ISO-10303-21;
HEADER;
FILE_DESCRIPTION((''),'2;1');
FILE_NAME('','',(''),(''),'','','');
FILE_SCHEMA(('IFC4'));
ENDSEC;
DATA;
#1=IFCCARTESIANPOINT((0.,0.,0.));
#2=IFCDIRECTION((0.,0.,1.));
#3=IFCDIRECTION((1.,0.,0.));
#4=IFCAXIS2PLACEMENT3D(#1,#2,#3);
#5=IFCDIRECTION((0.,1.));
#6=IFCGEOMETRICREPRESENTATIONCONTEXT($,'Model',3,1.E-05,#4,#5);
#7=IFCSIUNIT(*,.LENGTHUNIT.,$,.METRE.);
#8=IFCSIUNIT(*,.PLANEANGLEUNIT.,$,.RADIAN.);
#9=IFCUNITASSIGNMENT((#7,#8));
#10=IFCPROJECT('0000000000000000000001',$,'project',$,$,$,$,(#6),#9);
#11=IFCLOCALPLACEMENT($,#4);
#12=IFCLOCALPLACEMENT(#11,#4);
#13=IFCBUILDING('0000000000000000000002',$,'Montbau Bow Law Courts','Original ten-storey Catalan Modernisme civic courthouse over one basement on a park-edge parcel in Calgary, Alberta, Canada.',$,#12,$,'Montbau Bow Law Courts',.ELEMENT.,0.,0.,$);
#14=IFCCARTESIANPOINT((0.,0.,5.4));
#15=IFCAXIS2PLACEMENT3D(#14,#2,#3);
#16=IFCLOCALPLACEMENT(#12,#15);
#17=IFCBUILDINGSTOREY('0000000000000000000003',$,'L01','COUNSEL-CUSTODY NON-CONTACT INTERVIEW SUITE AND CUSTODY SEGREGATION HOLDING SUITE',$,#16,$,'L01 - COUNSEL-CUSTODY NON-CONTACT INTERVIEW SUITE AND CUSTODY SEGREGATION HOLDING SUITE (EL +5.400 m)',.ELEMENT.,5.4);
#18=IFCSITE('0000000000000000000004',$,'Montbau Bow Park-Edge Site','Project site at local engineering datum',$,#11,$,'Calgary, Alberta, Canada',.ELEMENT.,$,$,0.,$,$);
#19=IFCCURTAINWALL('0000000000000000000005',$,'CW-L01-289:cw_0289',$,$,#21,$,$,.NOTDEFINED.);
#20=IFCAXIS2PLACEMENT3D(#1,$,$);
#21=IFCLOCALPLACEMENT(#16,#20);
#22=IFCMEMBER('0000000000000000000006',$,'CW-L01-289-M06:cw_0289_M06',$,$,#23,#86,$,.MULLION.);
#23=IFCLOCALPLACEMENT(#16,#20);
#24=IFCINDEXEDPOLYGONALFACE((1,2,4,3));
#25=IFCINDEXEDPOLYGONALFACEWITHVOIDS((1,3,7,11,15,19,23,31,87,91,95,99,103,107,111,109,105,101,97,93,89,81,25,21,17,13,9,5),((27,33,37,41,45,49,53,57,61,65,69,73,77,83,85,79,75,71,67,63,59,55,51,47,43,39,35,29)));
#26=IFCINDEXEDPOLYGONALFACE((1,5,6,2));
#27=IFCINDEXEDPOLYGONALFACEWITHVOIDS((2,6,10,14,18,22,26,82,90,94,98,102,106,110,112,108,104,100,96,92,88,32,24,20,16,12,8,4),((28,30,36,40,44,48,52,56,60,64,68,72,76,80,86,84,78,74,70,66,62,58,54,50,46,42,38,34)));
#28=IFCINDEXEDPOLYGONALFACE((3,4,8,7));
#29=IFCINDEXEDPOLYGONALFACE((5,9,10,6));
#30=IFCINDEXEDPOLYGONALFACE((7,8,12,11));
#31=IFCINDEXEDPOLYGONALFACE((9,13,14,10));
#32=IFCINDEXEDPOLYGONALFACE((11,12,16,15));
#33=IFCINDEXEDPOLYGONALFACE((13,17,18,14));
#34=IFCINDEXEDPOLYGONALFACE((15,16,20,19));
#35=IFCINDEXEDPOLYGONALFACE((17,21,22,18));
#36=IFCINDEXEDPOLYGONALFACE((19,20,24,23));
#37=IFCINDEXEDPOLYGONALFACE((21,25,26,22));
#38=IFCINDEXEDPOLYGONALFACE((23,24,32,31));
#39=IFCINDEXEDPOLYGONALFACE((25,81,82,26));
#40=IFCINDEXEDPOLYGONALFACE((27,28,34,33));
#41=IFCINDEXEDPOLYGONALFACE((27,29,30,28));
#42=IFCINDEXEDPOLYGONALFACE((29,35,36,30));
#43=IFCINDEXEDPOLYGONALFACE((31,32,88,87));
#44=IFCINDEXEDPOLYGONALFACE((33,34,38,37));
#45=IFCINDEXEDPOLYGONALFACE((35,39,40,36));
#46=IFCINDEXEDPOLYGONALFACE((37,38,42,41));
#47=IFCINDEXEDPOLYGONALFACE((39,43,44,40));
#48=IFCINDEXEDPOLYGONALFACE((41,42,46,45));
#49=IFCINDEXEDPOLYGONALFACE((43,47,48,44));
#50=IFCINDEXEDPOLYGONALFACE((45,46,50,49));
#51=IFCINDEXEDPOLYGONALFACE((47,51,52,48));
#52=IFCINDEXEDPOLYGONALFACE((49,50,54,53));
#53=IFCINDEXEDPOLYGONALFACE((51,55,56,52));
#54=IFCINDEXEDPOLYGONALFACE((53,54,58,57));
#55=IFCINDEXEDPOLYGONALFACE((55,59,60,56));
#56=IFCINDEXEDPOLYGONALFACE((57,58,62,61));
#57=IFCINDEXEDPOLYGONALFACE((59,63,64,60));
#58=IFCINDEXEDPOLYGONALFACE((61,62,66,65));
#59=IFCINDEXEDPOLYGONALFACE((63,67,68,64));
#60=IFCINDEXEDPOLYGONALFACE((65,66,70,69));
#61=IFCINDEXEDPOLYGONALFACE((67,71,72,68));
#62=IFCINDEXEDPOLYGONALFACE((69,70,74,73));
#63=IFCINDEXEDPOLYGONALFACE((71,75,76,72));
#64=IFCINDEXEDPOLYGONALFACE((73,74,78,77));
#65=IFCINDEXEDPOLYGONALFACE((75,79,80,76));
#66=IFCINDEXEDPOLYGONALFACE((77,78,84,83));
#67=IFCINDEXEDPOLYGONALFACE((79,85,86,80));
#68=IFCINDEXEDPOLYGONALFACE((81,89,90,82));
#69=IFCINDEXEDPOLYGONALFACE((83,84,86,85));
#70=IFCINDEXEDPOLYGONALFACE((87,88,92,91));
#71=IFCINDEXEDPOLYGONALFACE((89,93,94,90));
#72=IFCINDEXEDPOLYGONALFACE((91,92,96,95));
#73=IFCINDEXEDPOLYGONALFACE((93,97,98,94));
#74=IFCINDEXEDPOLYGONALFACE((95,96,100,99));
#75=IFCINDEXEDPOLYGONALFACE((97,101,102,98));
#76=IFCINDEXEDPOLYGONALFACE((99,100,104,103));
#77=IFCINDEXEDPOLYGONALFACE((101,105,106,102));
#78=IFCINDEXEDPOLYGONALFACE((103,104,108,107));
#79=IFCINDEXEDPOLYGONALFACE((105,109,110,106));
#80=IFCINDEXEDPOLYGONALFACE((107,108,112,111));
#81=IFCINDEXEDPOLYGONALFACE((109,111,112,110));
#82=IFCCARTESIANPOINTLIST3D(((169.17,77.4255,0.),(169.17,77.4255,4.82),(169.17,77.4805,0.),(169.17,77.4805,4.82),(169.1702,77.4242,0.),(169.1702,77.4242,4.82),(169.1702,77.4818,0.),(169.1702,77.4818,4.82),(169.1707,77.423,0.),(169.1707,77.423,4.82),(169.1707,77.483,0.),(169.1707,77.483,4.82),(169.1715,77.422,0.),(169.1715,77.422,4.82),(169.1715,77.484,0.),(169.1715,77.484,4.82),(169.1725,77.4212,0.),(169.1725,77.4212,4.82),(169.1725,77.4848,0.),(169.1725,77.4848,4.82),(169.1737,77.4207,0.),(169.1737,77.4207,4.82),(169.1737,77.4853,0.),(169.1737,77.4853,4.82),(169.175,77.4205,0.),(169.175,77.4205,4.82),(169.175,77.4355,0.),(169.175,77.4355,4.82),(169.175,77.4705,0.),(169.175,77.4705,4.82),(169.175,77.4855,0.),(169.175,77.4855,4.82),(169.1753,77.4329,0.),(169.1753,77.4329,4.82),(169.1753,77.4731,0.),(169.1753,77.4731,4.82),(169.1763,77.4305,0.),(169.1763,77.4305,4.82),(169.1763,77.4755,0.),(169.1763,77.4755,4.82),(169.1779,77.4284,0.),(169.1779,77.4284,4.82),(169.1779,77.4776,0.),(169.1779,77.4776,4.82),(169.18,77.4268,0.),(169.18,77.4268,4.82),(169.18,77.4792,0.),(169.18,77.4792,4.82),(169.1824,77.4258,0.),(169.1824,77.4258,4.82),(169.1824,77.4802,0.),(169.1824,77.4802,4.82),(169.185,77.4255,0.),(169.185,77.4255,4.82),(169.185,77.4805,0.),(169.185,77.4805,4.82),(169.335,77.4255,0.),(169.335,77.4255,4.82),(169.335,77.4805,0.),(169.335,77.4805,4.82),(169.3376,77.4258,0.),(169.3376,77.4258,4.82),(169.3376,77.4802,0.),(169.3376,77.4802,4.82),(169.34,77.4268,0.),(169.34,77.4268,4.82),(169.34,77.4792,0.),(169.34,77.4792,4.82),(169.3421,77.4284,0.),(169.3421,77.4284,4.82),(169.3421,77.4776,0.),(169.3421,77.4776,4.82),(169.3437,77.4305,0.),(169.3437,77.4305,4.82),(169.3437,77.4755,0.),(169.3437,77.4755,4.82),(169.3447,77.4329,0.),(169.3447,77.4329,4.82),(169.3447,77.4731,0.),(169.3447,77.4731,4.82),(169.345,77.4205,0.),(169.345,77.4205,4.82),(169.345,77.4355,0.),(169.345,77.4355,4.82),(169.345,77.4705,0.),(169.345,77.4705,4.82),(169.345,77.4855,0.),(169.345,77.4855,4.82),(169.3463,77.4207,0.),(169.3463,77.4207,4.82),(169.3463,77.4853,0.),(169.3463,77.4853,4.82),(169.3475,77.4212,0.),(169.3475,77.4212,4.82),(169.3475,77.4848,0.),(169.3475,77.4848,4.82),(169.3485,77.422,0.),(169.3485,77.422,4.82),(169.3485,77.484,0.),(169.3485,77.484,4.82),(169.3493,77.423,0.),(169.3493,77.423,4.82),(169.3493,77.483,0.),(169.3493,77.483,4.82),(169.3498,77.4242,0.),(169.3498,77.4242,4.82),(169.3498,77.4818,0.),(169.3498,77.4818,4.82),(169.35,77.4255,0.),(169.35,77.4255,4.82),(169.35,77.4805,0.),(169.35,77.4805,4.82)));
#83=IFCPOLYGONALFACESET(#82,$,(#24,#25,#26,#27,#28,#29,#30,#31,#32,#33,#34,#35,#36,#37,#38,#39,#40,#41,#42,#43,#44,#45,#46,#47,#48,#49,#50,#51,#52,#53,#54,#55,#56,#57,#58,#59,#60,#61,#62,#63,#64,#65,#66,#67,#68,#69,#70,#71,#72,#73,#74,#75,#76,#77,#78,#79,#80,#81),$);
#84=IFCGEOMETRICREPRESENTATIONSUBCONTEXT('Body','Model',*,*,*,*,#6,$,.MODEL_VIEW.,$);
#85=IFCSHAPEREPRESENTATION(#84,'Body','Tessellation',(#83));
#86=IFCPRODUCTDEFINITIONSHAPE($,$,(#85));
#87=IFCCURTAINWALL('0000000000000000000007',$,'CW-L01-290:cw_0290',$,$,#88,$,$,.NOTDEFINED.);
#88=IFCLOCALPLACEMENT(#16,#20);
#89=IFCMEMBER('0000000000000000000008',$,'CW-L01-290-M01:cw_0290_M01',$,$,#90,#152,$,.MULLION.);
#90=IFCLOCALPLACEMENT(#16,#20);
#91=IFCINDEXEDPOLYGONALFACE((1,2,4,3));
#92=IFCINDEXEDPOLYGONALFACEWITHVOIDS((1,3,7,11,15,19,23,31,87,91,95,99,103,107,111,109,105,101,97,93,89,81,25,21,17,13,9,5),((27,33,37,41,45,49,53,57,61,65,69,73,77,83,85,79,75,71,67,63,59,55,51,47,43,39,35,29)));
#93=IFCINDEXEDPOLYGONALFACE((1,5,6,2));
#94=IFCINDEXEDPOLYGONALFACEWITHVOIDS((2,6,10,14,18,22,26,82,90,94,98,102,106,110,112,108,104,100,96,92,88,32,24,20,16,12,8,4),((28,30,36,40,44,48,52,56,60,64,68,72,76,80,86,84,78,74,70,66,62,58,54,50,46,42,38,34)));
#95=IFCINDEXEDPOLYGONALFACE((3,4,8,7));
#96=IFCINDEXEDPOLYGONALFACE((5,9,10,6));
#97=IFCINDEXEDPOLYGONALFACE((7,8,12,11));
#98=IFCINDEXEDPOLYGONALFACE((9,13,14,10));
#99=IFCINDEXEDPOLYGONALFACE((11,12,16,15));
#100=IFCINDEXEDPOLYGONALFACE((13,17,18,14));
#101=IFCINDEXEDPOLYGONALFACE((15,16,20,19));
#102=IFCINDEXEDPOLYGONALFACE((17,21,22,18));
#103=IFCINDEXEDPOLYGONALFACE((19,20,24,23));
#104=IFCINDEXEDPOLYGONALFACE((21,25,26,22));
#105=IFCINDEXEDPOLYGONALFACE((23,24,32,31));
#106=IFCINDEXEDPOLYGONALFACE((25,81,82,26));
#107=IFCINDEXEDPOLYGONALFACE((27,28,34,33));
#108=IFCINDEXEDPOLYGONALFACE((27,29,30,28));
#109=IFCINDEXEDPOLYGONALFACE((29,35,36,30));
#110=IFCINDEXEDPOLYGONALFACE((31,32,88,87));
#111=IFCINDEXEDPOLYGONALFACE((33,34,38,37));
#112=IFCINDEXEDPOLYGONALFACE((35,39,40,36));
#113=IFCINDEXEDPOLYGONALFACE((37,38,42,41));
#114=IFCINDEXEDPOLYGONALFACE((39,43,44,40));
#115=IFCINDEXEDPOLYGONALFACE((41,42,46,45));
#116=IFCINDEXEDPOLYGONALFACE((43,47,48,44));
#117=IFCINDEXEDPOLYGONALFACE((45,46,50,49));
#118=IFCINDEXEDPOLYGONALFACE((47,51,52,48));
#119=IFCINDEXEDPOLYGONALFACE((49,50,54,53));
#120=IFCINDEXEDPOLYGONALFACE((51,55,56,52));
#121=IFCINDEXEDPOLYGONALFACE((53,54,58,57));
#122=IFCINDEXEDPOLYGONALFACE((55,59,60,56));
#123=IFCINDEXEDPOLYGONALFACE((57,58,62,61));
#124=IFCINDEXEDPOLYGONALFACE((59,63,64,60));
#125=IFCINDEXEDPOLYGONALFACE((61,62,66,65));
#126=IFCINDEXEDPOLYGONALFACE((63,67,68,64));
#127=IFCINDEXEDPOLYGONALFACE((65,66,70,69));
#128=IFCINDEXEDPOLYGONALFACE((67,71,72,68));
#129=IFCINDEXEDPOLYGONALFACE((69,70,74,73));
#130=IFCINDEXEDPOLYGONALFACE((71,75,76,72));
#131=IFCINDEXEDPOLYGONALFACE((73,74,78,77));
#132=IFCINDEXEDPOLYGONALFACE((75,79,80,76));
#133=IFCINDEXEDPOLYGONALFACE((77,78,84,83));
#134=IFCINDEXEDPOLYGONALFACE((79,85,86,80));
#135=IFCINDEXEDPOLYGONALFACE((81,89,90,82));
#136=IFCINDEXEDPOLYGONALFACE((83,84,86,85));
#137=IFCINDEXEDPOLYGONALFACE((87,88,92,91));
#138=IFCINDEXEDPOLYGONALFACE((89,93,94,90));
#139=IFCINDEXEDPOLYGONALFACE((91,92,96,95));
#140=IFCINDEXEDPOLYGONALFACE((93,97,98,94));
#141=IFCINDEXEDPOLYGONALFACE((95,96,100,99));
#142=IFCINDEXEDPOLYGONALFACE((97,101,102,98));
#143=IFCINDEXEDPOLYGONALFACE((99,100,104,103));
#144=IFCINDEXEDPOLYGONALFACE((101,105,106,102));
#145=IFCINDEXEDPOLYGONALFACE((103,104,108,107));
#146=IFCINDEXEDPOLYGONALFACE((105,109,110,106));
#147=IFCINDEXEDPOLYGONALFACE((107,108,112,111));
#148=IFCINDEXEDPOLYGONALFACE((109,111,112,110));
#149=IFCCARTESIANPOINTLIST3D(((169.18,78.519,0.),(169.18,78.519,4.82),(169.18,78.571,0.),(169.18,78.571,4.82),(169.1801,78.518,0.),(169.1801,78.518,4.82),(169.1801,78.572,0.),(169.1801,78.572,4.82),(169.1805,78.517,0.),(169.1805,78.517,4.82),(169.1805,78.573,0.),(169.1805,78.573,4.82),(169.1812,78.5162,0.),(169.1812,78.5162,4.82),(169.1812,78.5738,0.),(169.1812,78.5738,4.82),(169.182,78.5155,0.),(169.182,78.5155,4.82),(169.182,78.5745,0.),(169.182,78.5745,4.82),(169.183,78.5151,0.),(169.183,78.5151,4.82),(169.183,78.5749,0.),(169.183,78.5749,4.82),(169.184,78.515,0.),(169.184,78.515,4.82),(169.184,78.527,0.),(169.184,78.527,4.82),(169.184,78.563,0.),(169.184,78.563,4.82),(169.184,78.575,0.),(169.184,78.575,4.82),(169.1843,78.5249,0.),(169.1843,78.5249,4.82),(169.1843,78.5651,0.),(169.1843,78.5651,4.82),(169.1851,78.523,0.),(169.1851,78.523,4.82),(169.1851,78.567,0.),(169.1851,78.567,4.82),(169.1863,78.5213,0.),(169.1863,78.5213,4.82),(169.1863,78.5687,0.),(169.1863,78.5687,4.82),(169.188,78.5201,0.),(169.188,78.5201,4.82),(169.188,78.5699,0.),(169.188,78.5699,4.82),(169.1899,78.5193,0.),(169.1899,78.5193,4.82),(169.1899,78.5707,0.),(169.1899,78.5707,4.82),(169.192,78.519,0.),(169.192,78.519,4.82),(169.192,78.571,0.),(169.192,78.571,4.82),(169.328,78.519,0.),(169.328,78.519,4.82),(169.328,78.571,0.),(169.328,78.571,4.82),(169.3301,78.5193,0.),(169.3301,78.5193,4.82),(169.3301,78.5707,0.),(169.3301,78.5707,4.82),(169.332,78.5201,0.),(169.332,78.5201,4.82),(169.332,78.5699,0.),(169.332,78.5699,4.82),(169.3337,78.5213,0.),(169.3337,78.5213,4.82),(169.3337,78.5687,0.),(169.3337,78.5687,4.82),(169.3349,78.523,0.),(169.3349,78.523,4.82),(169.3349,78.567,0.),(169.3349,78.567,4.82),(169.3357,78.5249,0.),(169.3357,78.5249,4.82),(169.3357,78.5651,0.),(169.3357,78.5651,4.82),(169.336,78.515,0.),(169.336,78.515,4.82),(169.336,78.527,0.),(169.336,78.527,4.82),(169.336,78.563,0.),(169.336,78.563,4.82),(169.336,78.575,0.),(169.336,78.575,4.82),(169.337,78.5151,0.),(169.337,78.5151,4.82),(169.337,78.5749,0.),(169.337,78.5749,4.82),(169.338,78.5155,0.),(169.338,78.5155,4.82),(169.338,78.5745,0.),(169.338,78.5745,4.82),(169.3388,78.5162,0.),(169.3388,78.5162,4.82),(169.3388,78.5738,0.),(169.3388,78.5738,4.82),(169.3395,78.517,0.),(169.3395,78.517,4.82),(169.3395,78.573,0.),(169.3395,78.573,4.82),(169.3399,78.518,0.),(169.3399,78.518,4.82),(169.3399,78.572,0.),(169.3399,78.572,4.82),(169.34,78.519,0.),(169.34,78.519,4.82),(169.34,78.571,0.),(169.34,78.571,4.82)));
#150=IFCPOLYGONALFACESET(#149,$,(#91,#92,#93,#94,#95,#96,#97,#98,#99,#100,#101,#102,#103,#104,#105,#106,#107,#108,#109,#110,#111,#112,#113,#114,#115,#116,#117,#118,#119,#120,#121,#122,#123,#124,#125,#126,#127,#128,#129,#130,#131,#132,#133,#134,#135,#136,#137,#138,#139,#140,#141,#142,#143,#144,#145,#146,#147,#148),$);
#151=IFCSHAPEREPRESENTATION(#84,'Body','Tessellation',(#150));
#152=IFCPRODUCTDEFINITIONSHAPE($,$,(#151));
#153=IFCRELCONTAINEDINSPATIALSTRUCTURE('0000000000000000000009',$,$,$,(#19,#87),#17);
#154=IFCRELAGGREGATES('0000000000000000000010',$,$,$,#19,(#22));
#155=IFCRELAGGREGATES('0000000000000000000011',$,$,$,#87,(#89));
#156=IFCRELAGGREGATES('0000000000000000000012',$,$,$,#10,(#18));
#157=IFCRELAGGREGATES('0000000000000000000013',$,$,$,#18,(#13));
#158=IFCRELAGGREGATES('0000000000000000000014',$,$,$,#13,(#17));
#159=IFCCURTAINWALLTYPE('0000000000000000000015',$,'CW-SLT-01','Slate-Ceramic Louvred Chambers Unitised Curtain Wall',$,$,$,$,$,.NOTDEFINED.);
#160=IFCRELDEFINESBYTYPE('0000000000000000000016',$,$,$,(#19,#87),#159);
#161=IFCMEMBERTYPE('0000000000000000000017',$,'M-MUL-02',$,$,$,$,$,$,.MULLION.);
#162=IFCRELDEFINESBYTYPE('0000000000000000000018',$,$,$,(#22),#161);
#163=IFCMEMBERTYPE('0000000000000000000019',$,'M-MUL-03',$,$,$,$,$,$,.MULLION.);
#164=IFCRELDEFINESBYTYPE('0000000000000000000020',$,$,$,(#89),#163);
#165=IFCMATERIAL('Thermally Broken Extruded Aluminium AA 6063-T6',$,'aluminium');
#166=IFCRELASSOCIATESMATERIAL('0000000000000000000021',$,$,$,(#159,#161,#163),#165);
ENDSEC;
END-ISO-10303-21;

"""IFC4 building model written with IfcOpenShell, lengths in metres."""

from ifc_helpers import new_model, si_unit, direction, frame, origin_with_axes, origin_2d_with_axis, place, context, subcontext, project, spatial, hollow_rectangle, extrude, material, material_profile, profile_set, type_object, element, aggregate, save


model = new_model("IFC4")

# Units and contexts
model_context = context("Model", 3, precision=1e-05, world=origin_with_axes(), true_north=direction((0.0, 1.0)))
body_context = subcontext(model_context, "Body", "Model", "MODEL_VIEW")
ifc_project = project(units=[si_unit("LENGTHUNIT", "METRE"), si_unit("PLANEANGLEUNIT", "RADIAN")], contexts=[model_context])

# Site, building, storey
site_placement = place(None, origin_with_axes())
site = spatial("IfcSite", under=ifc_project, at=site_placement, Name="Montbau Bow Park-Edge Site", Description="Project site at local engineering datum", LongName="Calgary, Alberta, Canada", CompositionType="ELEMENT", RefElevation=0.0)
building_placement = place(site_placement, origin_with_axes())
building = spatial("IfcBuilding", under=site, at=building_placement, Name="Montbau Bow Law Courts", Description="Original ten-storey Catalan Modernisme civic courthouse over one basement on a park-edge parcel in Calgary, Alberta, Canada.", LongName="Montbau Bow Law Courts", CompositionType="ELEMENT", ElevationOfRefHeight=0.0, ElevationOfTerrain=0.0)
storey_placement = place(building_placement, frame((0.0, 0.0, 5.4), z_axis=(0.0, 0.0, 1.0), x_axis=(1.0, 0.0, 0.0)))
storey = spatial("IfcBuildingStorey", under=building, at=storey_placement, Name="L01", Description="COUNSEL-CUSTODY NON-CONTACT INTERVIEW SUITE AND CUSTODY SEGREGATION HOLDING SUITE", LongName="L01 - COUNSEL-CUSTODY NON-CONTACT INTERVIEW SUITE AND CUSTODY SEGREGATION HOLDING SUITE (EL +5.400 m)", CompositionType="ELEMENT", Elevation=5.4)

# Curtain walls, members
ifc_material_1 = material(Name="Thermally Broken Extruded Aluminium AA 6063-T6", Category="aluminium")
curtain_wall_type = type_object("IfcCurtainWallType", Name="CW-SLT-01", Description="Slate-Ceramic Louvred Chambers Unitised Curtain Wall", PredefinedType="NOTDEFINED", material=ifc_material_1)
curtain_wall_1_placement = place(None, frame((169.26, 70.115, 5.4), z_axis=(0.0, 0.0, 1.0), x_axis=(1.0, 0.0, 0.0)))
curtain_wall_1 = element("IfcCurtainWall", 1, at=curtain_wall_1_placement, inside=storey, type_object=curtain_wall_type, Name="CW-L01-289:cw_0289", PredefinedType="NOTDEFINED")
ifc_material_profile_1 = material_profile(ifc_material_1, hollow_rectangle(XDim=0.065, YDim=0.18, WallThickness=0.005, InnerFilletRadius=0.01, OuterFilletRadius=0.005, at=origin_2d_with_axis()), Name="CWM-180X65", Category="Main", Priority=0)
ifc_profile_set_1 = profile_set([ifc_material_profile_1], Name="Thermally Broken Extruded Aluminium AA 6063-T6")
member_type_1 = type_object("IfcMemberType", Name="M-MUL-02", PredefinedType="MULLION", material=ifc_profile_set_1)
member_1_placement = place(None, frame((169.26, 77.453, 5.4), z_axis=(0.0, 0.0, 1.0), x_axis=(0.0, 1.0, 0.0)))
member_1 = element("IfcMember", 2, at=member_1_placement, type_object=member_type_1, Name="CW-L01-289-M06:cw_0289_M06", PredefinedType="MULLION", context=body_context, shape_type="SweptSolid", body=[
    extrude(hollow_rectangle(XDim=0.065, YDim=0.18, WallThickness=0.005, InnerFilletRadius=0.01, OuterFilletRadius=0.005, at=origin_2d_with_axis()), origin_with_axes(), (0.0, 0.0, 1.0), 4.82),
])
curtain_wall_2_placement = place(None, frame((169.26, 78.515, 5.4), z_axis=(0.0, 0.0, 1.0), x_axis=(1.0, 0.0, 0.0)))
curtain_wall_2 = element("IfcCurtainWall", 3, at=curtain_wall_2_placement, inside=storey, type_object=curtain_wall_type, Name="CW-L01-290:cw_0290", PredefinedType="NOTDEFINED")
ifc_material_profile_2 = material_profile(ifc_material_1, hollow_rectangle(XDim=0.06, YDim=0.16, WallThickness=0.004, InnerFilletRadius=0.008, OuterFilletRadius=0.004, at=origin_2d_with_axis()), Name="CWM-160X60", Category="Main", Priority=0)
ifc_profile_set_2 = profile_set([ifc_material_profile_2], Name="Thermally Broken Extruded Aluminium AA 6063-T6")
member_type_2 = type_object("IfcMemberType", Name="M-MUL-03", PredefinedType="MULLION", material=ifc_profile_set_2)
member_2_placement = place(None, frame((169.26, 78.545, 5.4), z_axis=(0.0, 0.0, 1.0), x_axis=(0.0, 1.0, 0.0)))
member_2 = element("IfcMember", 4, at=member_2_placement, type_object=member_type_2, Name="CW-L01-290-M01:cw_0290_M01", PredefinedType="MULLION", context=body_context, shape_type="SweptSolid", body=[
    extrude(hollow_rectangle(XDim=0.06, YDim=0.16, WallThickness=0.004, InnerFilletRadius=0.008, OuterFilletRadius=0.004, at=origin_2d_with_axis()), origin_with_axes(), (0.0, 0.0, 1.0), 4.82),
])

aggregate(curtain_wall_1, [member_1])
aggregate(curtain_wall_2, [member_2])

save(model, "model.ifc")
